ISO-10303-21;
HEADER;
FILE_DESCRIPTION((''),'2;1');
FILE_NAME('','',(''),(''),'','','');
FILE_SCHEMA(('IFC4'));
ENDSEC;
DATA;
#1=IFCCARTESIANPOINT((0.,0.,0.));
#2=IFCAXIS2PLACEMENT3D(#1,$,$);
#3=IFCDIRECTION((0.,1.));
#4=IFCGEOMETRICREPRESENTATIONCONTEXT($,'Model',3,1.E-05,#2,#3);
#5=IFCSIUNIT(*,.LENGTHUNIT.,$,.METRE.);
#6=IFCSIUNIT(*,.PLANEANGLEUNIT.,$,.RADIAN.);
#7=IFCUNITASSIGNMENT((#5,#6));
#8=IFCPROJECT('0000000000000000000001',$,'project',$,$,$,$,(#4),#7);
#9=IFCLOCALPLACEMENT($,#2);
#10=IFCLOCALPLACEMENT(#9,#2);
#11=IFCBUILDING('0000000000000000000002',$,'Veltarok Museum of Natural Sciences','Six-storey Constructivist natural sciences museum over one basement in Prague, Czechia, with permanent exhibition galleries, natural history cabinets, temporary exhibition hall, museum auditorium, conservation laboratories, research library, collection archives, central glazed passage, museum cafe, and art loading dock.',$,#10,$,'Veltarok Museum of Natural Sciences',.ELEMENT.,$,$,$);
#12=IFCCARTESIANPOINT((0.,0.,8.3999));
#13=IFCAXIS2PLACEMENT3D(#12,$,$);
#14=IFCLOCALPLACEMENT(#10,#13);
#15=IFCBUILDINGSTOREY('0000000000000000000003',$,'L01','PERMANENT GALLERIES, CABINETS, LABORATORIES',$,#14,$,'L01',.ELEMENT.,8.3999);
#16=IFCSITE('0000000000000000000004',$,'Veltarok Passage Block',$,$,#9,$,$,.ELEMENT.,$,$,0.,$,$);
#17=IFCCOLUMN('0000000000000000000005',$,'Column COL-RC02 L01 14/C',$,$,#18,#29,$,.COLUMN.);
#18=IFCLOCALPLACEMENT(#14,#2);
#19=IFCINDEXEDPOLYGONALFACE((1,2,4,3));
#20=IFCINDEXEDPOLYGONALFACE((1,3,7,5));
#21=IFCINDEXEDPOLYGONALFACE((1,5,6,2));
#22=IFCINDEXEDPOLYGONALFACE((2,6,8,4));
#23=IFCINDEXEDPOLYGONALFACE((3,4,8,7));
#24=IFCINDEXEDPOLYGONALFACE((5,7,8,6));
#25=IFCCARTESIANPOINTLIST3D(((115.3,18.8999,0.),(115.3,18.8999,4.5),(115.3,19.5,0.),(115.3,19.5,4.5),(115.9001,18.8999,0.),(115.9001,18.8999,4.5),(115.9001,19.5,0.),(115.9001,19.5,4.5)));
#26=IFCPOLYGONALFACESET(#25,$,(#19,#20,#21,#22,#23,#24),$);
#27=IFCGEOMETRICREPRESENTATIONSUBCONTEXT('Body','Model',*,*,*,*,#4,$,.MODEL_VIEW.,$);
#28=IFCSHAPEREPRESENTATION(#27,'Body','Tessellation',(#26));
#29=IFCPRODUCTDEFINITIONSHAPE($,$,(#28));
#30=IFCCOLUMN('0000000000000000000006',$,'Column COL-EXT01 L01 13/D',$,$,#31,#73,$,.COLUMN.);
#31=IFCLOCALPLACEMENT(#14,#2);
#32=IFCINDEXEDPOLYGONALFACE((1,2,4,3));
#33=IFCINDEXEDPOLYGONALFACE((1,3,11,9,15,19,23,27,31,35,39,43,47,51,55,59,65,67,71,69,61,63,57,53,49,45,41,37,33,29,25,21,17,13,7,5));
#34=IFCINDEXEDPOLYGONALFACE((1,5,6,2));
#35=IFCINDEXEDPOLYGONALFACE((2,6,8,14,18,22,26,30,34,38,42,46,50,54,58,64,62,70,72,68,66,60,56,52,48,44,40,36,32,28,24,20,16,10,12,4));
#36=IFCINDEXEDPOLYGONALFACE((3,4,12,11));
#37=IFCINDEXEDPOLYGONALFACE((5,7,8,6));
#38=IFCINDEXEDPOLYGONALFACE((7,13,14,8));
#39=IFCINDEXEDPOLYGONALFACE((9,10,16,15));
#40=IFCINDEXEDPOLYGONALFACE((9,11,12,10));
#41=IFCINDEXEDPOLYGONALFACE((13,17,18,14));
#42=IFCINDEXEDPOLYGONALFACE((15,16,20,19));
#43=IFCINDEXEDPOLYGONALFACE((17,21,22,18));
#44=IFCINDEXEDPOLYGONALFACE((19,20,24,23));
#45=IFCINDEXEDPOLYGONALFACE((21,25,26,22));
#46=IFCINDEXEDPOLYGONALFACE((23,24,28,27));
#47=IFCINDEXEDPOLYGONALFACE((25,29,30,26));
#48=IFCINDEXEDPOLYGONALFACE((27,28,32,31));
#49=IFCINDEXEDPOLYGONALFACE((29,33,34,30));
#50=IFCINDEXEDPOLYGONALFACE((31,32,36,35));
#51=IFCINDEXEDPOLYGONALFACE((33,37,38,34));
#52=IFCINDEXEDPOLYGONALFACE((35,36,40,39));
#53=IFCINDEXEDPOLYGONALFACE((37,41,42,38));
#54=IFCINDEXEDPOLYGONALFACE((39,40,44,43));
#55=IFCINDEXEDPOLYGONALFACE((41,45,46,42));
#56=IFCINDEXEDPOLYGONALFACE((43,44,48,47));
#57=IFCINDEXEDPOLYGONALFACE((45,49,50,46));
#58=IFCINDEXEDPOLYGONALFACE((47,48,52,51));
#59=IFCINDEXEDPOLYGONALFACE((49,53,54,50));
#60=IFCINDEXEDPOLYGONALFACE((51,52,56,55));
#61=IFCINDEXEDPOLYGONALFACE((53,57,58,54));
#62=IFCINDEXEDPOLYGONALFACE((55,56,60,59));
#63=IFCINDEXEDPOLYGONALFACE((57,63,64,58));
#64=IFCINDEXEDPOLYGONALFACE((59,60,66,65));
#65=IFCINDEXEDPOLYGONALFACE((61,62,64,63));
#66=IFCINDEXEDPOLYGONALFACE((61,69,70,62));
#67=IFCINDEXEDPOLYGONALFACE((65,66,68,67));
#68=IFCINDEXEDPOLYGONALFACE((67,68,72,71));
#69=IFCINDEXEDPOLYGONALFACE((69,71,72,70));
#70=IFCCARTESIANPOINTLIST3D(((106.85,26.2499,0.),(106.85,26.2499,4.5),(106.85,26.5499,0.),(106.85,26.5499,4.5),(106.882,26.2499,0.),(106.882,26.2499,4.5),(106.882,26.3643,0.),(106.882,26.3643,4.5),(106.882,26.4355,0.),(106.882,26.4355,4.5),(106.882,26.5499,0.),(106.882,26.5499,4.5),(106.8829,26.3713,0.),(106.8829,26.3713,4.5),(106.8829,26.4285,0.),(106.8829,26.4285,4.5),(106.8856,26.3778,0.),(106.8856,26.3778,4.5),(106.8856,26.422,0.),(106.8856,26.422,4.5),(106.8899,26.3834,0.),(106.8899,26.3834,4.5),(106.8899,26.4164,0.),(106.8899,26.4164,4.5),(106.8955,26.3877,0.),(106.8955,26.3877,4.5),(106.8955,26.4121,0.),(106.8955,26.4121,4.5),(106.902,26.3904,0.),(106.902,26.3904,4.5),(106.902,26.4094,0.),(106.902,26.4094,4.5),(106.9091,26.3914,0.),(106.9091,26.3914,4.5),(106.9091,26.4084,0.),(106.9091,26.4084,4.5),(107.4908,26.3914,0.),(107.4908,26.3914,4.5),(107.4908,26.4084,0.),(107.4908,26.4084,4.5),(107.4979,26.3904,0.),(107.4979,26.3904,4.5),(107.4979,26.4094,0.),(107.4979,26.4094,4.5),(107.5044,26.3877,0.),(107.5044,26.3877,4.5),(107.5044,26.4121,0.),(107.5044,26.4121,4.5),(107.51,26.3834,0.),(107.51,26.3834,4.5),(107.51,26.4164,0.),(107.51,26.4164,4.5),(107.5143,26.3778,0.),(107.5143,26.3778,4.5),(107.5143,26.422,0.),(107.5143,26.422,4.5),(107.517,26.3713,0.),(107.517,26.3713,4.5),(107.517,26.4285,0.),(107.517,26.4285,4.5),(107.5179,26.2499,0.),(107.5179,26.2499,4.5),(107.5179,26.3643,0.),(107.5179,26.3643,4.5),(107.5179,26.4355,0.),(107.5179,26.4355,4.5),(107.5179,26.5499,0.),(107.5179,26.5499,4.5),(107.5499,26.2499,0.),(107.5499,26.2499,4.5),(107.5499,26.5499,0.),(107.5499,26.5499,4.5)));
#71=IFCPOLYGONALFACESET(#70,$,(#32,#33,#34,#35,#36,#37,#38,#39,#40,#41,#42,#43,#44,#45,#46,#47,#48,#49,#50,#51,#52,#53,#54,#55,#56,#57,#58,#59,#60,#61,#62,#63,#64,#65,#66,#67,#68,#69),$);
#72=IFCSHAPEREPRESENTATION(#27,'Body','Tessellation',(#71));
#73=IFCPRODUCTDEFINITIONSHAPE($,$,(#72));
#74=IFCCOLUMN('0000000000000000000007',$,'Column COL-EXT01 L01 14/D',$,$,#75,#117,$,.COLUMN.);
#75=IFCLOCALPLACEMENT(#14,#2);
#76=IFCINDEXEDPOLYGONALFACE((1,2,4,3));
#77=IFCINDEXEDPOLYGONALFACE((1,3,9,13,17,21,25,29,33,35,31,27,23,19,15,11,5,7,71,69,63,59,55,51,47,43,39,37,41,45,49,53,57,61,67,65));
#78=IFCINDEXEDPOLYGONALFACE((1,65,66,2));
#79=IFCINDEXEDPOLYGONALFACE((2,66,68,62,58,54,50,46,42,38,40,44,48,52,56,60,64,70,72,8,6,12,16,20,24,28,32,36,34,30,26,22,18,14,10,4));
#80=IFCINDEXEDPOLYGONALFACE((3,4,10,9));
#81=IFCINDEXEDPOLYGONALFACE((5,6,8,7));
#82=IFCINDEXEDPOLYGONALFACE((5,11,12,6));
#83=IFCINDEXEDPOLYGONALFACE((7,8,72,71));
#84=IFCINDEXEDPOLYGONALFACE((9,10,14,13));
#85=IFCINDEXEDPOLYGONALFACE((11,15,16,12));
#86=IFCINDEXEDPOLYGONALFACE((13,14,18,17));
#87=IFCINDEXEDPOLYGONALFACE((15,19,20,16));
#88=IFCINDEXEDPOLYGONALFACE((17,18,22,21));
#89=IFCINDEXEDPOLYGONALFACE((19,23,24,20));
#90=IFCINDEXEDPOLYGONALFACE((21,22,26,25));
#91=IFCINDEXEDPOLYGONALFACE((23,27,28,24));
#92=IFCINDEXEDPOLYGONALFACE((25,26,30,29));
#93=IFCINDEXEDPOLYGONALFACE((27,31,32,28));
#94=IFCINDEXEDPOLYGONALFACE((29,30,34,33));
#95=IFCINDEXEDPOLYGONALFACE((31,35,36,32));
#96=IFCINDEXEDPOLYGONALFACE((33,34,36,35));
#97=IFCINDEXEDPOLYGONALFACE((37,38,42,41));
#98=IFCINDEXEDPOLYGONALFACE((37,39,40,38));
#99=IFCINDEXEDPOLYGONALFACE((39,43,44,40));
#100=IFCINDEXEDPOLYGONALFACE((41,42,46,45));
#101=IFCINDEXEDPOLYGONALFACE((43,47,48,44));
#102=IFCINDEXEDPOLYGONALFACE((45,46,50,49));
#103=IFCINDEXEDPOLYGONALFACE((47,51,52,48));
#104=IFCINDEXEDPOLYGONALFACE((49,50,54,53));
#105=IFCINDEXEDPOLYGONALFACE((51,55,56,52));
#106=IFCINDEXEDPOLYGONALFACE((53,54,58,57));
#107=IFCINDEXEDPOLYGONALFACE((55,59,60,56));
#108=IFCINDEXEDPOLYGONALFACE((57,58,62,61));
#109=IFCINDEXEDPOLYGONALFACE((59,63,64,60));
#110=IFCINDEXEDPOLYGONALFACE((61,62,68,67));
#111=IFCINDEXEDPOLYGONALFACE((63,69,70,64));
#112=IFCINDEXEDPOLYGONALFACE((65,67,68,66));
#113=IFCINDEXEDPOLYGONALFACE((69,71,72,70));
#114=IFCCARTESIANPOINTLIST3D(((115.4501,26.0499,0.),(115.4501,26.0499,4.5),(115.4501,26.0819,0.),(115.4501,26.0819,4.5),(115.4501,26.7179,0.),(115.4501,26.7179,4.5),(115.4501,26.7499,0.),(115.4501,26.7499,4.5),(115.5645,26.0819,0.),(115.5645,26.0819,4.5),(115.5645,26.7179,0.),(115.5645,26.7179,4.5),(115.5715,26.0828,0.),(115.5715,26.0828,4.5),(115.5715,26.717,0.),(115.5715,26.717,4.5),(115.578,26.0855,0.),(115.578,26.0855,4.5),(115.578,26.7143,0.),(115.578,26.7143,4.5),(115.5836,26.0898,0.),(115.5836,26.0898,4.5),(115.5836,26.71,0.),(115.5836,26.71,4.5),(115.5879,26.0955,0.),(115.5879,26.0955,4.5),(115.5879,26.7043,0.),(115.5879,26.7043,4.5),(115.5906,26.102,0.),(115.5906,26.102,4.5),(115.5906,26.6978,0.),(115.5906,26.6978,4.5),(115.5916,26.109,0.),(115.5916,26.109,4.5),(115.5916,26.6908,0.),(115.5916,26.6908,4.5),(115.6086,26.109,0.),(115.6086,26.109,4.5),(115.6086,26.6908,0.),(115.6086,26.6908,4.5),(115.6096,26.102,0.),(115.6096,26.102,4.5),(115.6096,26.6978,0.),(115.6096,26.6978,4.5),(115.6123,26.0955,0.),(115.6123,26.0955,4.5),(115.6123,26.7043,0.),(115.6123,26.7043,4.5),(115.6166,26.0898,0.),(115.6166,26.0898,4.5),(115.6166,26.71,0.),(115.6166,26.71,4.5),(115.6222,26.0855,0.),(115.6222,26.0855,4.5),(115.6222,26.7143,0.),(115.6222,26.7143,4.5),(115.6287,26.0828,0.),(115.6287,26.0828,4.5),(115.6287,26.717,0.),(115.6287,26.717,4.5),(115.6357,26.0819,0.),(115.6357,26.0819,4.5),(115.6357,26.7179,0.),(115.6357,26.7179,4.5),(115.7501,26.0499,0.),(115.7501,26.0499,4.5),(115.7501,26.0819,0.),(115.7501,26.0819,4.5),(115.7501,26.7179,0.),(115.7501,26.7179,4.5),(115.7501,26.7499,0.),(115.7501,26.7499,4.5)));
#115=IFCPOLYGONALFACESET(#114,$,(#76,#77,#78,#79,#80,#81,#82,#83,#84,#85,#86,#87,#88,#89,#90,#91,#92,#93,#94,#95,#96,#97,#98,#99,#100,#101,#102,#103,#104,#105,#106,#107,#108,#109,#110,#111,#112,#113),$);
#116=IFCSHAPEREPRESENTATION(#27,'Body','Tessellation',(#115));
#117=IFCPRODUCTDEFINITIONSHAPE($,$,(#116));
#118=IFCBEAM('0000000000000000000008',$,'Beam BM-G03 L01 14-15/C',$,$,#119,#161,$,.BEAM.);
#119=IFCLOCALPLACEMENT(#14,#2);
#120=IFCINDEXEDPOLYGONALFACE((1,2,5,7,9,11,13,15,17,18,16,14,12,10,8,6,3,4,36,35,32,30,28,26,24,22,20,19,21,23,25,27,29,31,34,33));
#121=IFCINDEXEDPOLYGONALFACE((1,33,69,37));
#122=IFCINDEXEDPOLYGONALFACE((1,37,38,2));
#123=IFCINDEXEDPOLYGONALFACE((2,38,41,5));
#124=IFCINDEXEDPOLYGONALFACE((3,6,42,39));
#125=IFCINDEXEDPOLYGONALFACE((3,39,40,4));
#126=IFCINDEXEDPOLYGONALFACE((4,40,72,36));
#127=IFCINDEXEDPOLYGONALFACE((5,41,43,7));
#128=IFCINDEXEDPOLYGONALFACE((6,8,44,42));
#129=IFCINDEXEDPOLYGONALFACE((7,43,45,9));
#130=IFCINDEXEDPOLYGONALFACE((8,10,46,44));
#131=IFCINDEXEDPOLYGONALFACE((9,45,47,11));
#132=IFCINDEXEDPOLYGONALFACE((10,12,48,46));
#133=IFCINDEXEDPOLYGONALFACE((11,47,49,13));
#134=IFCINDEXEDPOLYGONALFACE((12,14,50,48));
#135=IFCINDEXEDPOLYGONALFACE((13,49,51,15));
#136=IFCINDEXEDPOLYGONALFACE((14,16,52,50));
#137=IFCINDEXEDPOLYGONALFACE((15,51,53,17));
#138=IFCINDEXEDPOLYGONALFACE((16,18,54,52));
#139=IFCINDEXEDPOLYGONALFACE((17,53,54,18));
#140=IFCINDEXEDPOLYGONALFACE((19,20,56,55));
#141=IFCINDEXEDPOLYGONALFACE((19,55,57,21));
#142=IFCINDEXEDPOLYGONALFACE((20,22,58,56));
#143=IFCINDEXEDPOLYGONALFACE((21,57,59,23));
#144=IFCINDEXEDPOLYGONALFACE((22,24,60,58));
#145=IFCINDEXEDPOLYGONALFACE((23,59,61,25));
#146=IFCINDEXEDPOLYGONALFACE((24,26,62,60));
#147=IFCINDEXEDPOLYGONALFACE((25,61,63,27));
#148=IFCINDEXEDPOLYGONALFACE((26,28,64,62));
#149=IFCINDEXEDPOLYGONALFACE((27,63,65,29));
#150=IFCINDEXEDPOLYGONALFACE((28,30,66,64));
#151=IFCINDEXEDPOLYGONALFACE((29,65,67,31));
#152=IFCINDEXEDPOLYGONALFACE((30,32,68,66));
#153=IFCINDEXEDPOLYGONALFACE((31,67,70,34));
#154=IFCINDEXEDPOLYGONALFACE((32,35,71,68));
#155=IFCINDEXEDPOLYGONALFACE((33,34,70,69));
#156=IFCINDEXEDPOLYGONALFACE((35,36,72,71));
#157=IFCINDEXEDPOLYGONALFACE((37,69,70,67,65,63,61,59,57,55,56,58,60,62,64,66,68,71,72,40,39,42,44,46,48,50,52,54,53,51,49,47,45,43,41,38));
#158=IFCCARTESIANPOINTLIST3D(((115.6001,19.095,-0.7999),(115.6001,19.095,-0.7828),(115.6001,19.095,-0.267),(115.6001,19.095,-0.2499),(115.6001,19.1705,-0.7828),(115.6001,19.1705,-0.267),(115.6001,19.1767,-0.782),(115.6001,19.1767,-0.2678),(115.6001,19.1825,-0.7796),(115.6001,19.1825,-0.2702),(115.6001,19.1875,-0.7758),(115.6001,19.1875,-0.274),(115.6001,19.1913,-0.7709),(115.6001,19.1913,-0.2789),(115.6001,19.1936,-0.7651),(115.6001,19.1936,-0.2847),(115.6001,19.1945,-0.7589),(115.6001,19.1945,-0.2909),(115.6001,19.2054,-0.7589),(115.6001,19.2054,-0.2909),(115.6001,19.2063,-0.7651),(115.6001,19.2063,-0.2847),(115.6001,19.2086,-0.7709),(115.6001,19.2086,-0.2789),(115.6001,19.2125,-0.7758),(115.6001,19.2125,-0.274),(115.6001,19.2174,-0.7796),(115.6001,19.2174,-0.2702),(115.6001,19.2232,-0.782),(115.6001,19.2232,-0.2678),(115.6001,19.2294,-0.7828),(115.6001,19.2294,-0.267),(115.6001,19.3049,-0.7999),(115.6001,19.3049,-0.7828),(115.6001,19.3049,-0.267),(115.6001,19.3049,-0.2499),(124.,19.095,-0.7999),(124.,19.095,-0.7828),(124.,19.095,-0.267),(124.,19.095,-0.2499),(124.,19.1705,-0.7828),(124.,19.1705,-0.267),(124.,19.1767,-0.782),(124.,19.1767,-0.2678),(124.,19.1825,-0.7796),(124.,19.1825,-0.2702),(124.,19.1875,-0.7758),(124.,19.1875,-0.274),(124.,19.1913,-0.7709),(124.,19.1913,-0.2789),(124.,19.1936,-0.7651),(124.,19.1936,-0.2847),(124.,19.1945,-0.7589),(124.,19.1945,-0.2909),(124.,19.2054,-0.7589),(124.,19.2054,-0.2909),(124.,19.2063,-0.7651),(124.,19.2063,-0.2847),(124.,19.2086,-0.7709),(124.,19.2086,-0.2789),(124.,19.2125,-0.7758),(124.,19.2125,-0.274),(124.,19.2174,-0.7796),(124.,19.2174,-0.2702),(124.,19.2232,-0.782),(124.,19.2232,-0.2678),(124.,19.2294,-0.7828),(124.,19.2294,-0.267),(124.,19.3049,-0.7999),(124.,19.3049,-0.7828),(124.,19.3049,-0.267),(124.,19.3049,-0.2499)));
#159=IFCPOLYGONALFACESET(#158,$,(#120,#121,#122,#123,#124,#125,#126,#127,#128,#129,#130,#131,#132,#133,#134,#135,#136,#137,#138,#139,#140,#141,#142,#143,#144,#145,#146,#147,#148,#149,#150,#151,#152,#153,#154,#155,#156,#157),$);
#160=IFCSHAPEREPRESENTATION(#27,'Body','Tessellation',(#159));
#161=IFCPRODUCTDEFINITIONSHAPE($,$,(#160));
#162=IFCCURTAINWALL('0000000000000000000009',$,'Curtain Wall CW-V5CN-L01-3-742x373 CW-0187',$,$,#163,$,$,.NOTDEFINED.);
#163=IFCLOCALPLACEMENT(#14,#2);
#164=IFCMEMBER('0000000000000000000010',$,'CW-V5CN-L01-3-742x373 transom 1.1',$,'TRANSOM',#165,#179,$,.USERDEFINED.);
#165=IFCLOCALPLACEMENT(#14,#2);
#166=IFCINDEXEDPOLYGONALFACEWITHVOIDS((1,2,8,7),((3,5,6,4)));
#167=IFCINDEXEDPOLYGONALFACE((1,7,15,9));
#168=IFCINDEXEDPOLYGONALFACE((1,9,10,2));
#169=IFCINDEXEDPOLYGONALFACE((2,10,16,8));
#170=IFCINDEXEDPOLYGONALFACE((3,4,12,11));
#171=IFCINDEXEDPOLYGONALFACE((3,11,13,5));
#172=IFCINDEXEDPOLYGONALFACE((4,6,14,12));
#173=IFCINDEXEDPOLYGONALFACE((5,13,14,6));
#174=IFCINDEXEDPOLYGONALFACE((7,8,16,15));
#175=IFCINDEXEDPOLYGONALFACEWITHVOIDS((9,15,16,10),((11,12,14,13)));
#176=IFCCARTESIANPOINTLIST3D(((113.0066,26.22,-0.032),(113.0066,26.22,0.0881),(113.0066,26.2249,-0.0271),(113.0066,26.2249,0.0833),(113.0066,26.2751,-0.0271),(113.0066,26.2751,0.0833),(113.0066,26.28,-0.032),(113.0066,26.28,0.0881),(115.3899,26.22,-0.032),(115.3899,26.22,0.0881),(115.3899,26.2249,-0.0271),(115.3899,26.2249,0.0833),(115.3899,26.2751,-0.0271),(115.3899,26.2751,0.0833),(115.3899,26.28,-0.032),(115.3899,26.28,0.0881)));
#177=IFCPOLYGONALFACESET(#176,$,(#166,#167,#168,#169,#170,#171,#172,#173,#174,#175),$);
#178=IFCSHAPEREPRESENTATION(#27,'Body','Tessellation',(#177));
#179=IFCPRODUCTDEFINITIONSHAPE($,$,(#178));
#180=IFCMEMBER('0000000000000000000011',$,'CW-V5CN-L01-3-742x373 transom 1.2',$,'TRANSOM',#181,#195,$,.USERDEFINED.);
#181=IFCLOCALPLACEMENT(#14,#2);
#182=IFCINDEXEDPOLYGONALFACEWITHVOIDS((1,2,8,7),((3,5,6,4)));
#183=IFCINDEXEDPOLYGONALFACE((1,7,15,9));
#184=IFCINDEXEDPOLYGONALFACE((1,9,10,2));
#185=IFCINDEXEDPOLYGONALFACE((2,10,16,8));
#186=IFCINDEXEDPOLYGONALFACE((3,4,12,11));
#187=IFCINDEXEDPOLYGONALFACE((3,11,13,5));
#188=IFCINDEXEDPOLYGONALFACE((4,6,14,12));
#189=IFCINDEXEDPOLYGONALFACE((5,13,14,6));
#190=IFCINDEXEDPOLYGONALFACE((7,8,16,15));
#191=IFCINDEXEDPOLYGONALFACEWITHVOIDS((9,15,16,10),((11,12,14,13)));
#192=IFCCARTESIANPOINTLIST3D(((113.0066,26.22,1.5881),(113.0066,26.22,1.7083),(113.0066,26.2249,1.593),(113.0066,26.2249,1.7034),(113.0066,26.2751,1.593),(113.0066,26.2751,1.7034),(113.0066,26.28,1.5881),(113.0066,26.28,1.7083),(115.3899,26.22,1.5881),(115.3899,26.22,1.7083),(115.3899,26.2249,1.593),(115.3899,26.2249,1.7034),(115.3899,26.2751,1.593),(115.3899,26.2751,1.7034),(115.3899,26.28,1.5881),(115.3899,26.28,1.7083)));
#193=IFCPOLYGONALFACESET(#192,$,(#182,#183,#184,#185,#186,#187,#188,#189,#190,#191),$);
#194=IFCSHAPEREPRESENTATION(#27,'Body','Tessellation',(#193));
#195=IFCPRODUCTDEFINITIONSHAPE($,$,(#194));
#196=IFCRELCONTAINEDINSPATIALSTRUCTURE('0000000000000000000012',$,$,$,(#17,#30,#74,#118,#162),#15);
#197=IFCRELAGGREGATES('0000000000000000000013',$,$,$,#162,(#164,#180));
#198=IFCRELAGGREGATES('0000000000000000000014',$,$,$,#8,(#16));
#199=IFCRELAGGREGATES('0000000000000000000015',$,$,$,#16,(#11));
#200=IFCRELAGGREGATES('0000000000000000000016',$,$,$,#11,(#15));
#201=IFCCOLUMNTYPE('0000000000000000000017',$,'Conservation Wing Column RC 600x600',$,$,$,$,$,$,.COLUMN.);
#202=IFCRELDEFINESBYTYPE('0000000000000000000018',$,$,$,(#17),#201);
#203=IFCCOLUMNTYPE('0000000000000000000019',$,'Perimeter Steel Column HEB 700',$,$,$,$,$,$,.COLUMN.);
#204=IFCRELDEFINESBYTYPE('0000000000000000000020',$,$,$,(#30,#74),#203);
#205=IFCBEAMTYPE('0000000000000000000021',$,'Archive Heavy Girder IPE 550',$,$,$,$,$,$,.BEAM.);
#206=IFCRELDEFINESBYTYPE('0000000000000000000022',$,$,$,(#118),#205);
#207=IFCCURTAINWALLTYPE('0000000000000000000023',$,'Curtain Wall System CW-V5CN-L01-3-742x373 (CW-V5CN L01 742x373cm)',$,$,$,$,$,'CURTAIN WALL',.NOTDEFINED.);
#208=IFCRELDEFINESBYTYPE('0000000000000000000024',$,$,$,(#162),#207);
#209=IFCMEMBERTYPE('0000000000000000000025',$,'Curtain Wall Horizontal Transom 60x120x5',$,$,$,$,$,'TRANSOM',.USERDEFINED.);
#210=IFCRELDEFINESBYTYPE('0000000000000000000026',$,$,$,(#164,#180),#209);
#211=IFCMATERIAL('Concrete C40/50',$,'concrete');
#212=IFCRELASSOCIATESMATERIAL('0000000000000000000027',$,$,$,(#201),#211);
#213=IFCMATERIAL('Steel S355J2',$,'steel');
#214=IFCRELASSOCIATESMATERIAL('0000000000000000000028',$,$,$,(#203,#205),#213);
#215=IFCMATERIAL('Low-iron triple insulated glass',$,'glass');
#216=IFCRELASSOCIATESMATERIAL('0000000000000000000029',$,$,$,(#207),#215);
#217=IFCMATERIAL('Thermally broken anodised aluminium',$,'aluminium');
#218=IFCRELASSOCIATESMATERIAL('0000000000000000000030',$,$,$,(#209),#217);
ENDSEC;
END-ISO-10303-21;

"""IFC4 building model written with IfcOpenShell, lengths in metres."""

from ifc_helpers import new_model, si_unit, direction, frame, origin, origin_2d, place, context, subcontext, project, spatial, rectangle, hollow_rectangle, i_section, extrude, material, material_profile, profile_set, type_object, element, aggregate, save


model = new_model("IFC4")

# Units and contexts
model_context = context("Model", 3, precision=1e-05, world=origin(), true_north=direction((0.0, 1.0)))
body_context = subcontext(model_context, "Body", "Model", "MODEL_VIEW")
ifc_project = project(units=[si_unit("LENGTHUNIT", "METRE"), si_unit("PLANEANGLEUNIT", "RADIAN")], contexts=[model_context])

# Site, building, storey
site_placement = place(None, origin())
site = spatial("IfcSite", under=ifc_project, at=site_placement, Name="Veltarok Passage Block", CompositionType="ELEMENT", RefElevation=0.0)
building_placement = place(site_placement, origin())
building = spatial("IfcBuilding", under=site, at=building_placement, Name="Veltarok Museum of Natural Sciences", Description="Six-storey Constructivist natural sciences museum over one basement in Prague, Czechia, with permanent exhibition galleries, natural history cabinets, temporary exhibition hall, museum auditorium, conservation laboratories, research library, collection archives, central glazed passage, museum cafe, and art loading dock.", LongName="Veltarok Museum of Natural Sciences", CompositionType="ELEMENT")
storey_placement = place(building_placement, frame((0.0, 0.0, 8.3999)))
storey = spatial("IfcBuildingStorey", under=building, at=storey_placement, Name="L01", Description="PERMANENT GALLERIES, CABINETS, LABORATORIES", LongName="L01", CompositionType="ELEMENT", Elevation=8.3999)

# Columns
ifc_material_1 = material(Name="Concrete C40/50", Category="concrete")
ifc_material_profile_1 = material_profile(ifc_material_1, rectangle(XDim=0.6001, YDim=0.6001, at=origin_2d()), Name="RC 600x600")
ifc_profile_set_1 = profile_set([ifc_material_profile_1], Name="Concrete C40/50")
column_type_1 = type_object("IfcColumnType", Name="Conservation Wing Column RC 600x600", PredefinedType="COLUMN", material=ifc_profile_set_1)
column_placement = place(storey_placement, frame((115.6001, 19.2, 0.0), z_axis=(0.0, 0.0, 1.0), x_axis=(1.0, 0.0, 0.0)))
element("IfcColumn", 1, at=column_placement, inside=storey, type_object=column_type_1, Name="Column COL-RC02 L01 14/C", PredefinedType="COLUMN", context=body_context, shape_type="SweptSolid", body=[
    extrude(rectangle(XDim=0.6001, YDim=0.6001, at=origin_2d()), origin(), (0.0, 0.0, 1.0), 4.5),
])
ifc_material_2 = material(Name="Steel S355J2", Category="steel")
ifc_material_profile_2 = material_profile(ifc_material_2, i_section(OverallWidth=0.3, OverallDepth=0.7, WebThickness=0.0171, FlangeThickness=0.032, FilletRadius=0.0271, at=origin_2d()), Name="HEB 700")
ifc_profile_set_2 = profile_set([ifc_material_profile_2], Name="Steel S355J2")
column_type_2 = type_object("IfcColumnType", Name="Perimeter Steel Column HEB 700", PredefinedType="COLUMN", material=ifc_profile_set_2)
for number, where, z_axis, x_axis, name in (
    (2, (107.2, 26.3999, 0.0), (0.0, 0.0, 1.0), (0.0, 1.0, 0.0), "Column COL-EXT01 L01 13/D"),
    (3, (115.6001, 26.3999, 0.0), (0.0, 0.0, 1.0), (1.0, 0.0, 0.0), "Column COL-EXT01 L01 14/D"),
):
    element("IfcColumn", number, at=place(storey_placement, frame(where, z_axis=z_axis, x_axis=x_axis)), inside=storey, type_object=column_type_2, Name=name, PredefinedType="COLUMN", context=body_context, shape_type="SweptSolid", body=[
        extrude(i_section(OverallWidth=0.3, OverallDepth=0.7, WebThickness=0.0171, FlangeThickness=0.032, FilletRadius=0.0271, at=origin_2d()), origin(), (0.0, 0.0, 1.0), 4.5),
    ])

# Beam
ifc_material_profile_3 = material_profile(ifc_material_2, i_section(OverallWidth=0.21, OverallDepth=0.55, WebThickness=0.011, FlangeThickness=0.0171, FilletRadius=0.0239, at=origin_2d()), Name="IPE 550")
ifc_profile_set_3 = profile_set([ifc_material_profile_3], Name="Steel S355J2")
beam_type_1 = type_object("IfcBeamType", Name="Archive Heavy Girder IPE 550", PredefinedType="BEAM", material=ifc_profile_set_3)
beam_1_placement = place(storey_placement, frame((115.6001, 19.2, -0.5249), z_axis=(1.0, 0.0, 0.0), x_axis=(0.0, 1.0, 0.0)))
element("IfcBeam", 4, at=beam_1_placement, inside=storey, type_object=beam_type_1, Name="Beam BM-G03 L01 14-15/C", PredefinedType="BEAM", context=body_context, shape_type="SweptSolid", body=[
    extrude(i_section(OverallWidth=0.21, OverallDepth=0.55, WebThickness=0.011, FlangeThickness=0.0171, FilletRadius=0.0239, at=origin_2d()), origin(), (0.0, 0.0, 1.0), 8.3999),
])

# Curtain wall, members
ifc_material_3 = material(Name="Low-iron triple insulated glass", Category="glass")
curtain_wall_type_1 = type_object("IfcCurtainWallType", Name="Curtain Wall System CW-V5CN-L01-3-742x373 (CW-V5CN L01 742x373cm)", ElementType="CURTAIN WALL", PredefinedType="NOTDEFINED", material=ifc_material_3)
curtain_wall_1_placement = place(storey_placement, origin())
curtain_wall_1 = element("IfcCurtainWall", 5, at=curtain_wall_1_placement, inside=storey, type_object=curtain_wall_type_1, Name="Curtain Wall CW-V5CN-L01-3-742x373 CW-0187", PredefinedType="NOTDEFINED")
ifc_material_4 = material(Name="Thermally broken anodised aluminium", Category="aluminium")
ifc_material_profile_4 = material_profile(ifc_material_4, hollow_rectangle(XDim=0.0601, YDim=0.1201, WallThickness=0.0049, at=origin_2d()), Name="CW TRANSOM 60x120x5")
ifc_profile_set_4 = profile_set([ifc_material_profile_4], Name="Thermally broken anodised aluminium")
member_type_1 = type_object("IfcMemberType", Name="Curtain Wall Horizontal Transom 60x120x5", ElementType="TRANSOM", PredefinedType="USERDEFINED", material=ifc_profile_set_4)
member_1_placement = place(storey_placement, frame((115.3899, 26.25, 0.0281), z_axis=(-1.0, 0.0, 0.0), x_axis=(0.0, -1.0, 0.0)))
member_1 = element("IfcMember", 6, at=member_1_placement, type_object=member_type_1, Name="CW-V5CN-L01-3-742x373 transom 1.1", ObjectType="TRANSOM", PredefinedType="USERDEFINED", context=body_context, shape_type="SweptSolid", body=[
    extrude(hollow_rectangle(XDim=0.0601, YDim=0.1201, WallThickness=0.0049, at=origin_2d()), origin(), (0.0, 0.0, 1.0), 2.3833),
])
member_2_placement = place(storey_placement, frame((115.3899, 26.25, 1.6482), z_axis=(-1.0, 0.0, 0.0), x_axis=(0.0, -1.0, 0.0)))
member_2 = element("IfcMember", 7, at=member_2_placement, type_object=member_type_1, Name="CW-V5CN-L01-3-742x373 transom 1.2", ObjectType="TRANSOM", PredefinedType="USERDEFINED", context=body_context, shape_type="SweptSolid", body=[
    extrude(hollow_rectangle(XDim=0.0601, YDim=0.1201, WallThickness=0.0049, at=origin_2d()), origin(), (0.0, 0.0, 1.0), 2.3833),
])

aggregate(curtain_wall_1, [member_1, member_2])

save(model, "model.ifc")
